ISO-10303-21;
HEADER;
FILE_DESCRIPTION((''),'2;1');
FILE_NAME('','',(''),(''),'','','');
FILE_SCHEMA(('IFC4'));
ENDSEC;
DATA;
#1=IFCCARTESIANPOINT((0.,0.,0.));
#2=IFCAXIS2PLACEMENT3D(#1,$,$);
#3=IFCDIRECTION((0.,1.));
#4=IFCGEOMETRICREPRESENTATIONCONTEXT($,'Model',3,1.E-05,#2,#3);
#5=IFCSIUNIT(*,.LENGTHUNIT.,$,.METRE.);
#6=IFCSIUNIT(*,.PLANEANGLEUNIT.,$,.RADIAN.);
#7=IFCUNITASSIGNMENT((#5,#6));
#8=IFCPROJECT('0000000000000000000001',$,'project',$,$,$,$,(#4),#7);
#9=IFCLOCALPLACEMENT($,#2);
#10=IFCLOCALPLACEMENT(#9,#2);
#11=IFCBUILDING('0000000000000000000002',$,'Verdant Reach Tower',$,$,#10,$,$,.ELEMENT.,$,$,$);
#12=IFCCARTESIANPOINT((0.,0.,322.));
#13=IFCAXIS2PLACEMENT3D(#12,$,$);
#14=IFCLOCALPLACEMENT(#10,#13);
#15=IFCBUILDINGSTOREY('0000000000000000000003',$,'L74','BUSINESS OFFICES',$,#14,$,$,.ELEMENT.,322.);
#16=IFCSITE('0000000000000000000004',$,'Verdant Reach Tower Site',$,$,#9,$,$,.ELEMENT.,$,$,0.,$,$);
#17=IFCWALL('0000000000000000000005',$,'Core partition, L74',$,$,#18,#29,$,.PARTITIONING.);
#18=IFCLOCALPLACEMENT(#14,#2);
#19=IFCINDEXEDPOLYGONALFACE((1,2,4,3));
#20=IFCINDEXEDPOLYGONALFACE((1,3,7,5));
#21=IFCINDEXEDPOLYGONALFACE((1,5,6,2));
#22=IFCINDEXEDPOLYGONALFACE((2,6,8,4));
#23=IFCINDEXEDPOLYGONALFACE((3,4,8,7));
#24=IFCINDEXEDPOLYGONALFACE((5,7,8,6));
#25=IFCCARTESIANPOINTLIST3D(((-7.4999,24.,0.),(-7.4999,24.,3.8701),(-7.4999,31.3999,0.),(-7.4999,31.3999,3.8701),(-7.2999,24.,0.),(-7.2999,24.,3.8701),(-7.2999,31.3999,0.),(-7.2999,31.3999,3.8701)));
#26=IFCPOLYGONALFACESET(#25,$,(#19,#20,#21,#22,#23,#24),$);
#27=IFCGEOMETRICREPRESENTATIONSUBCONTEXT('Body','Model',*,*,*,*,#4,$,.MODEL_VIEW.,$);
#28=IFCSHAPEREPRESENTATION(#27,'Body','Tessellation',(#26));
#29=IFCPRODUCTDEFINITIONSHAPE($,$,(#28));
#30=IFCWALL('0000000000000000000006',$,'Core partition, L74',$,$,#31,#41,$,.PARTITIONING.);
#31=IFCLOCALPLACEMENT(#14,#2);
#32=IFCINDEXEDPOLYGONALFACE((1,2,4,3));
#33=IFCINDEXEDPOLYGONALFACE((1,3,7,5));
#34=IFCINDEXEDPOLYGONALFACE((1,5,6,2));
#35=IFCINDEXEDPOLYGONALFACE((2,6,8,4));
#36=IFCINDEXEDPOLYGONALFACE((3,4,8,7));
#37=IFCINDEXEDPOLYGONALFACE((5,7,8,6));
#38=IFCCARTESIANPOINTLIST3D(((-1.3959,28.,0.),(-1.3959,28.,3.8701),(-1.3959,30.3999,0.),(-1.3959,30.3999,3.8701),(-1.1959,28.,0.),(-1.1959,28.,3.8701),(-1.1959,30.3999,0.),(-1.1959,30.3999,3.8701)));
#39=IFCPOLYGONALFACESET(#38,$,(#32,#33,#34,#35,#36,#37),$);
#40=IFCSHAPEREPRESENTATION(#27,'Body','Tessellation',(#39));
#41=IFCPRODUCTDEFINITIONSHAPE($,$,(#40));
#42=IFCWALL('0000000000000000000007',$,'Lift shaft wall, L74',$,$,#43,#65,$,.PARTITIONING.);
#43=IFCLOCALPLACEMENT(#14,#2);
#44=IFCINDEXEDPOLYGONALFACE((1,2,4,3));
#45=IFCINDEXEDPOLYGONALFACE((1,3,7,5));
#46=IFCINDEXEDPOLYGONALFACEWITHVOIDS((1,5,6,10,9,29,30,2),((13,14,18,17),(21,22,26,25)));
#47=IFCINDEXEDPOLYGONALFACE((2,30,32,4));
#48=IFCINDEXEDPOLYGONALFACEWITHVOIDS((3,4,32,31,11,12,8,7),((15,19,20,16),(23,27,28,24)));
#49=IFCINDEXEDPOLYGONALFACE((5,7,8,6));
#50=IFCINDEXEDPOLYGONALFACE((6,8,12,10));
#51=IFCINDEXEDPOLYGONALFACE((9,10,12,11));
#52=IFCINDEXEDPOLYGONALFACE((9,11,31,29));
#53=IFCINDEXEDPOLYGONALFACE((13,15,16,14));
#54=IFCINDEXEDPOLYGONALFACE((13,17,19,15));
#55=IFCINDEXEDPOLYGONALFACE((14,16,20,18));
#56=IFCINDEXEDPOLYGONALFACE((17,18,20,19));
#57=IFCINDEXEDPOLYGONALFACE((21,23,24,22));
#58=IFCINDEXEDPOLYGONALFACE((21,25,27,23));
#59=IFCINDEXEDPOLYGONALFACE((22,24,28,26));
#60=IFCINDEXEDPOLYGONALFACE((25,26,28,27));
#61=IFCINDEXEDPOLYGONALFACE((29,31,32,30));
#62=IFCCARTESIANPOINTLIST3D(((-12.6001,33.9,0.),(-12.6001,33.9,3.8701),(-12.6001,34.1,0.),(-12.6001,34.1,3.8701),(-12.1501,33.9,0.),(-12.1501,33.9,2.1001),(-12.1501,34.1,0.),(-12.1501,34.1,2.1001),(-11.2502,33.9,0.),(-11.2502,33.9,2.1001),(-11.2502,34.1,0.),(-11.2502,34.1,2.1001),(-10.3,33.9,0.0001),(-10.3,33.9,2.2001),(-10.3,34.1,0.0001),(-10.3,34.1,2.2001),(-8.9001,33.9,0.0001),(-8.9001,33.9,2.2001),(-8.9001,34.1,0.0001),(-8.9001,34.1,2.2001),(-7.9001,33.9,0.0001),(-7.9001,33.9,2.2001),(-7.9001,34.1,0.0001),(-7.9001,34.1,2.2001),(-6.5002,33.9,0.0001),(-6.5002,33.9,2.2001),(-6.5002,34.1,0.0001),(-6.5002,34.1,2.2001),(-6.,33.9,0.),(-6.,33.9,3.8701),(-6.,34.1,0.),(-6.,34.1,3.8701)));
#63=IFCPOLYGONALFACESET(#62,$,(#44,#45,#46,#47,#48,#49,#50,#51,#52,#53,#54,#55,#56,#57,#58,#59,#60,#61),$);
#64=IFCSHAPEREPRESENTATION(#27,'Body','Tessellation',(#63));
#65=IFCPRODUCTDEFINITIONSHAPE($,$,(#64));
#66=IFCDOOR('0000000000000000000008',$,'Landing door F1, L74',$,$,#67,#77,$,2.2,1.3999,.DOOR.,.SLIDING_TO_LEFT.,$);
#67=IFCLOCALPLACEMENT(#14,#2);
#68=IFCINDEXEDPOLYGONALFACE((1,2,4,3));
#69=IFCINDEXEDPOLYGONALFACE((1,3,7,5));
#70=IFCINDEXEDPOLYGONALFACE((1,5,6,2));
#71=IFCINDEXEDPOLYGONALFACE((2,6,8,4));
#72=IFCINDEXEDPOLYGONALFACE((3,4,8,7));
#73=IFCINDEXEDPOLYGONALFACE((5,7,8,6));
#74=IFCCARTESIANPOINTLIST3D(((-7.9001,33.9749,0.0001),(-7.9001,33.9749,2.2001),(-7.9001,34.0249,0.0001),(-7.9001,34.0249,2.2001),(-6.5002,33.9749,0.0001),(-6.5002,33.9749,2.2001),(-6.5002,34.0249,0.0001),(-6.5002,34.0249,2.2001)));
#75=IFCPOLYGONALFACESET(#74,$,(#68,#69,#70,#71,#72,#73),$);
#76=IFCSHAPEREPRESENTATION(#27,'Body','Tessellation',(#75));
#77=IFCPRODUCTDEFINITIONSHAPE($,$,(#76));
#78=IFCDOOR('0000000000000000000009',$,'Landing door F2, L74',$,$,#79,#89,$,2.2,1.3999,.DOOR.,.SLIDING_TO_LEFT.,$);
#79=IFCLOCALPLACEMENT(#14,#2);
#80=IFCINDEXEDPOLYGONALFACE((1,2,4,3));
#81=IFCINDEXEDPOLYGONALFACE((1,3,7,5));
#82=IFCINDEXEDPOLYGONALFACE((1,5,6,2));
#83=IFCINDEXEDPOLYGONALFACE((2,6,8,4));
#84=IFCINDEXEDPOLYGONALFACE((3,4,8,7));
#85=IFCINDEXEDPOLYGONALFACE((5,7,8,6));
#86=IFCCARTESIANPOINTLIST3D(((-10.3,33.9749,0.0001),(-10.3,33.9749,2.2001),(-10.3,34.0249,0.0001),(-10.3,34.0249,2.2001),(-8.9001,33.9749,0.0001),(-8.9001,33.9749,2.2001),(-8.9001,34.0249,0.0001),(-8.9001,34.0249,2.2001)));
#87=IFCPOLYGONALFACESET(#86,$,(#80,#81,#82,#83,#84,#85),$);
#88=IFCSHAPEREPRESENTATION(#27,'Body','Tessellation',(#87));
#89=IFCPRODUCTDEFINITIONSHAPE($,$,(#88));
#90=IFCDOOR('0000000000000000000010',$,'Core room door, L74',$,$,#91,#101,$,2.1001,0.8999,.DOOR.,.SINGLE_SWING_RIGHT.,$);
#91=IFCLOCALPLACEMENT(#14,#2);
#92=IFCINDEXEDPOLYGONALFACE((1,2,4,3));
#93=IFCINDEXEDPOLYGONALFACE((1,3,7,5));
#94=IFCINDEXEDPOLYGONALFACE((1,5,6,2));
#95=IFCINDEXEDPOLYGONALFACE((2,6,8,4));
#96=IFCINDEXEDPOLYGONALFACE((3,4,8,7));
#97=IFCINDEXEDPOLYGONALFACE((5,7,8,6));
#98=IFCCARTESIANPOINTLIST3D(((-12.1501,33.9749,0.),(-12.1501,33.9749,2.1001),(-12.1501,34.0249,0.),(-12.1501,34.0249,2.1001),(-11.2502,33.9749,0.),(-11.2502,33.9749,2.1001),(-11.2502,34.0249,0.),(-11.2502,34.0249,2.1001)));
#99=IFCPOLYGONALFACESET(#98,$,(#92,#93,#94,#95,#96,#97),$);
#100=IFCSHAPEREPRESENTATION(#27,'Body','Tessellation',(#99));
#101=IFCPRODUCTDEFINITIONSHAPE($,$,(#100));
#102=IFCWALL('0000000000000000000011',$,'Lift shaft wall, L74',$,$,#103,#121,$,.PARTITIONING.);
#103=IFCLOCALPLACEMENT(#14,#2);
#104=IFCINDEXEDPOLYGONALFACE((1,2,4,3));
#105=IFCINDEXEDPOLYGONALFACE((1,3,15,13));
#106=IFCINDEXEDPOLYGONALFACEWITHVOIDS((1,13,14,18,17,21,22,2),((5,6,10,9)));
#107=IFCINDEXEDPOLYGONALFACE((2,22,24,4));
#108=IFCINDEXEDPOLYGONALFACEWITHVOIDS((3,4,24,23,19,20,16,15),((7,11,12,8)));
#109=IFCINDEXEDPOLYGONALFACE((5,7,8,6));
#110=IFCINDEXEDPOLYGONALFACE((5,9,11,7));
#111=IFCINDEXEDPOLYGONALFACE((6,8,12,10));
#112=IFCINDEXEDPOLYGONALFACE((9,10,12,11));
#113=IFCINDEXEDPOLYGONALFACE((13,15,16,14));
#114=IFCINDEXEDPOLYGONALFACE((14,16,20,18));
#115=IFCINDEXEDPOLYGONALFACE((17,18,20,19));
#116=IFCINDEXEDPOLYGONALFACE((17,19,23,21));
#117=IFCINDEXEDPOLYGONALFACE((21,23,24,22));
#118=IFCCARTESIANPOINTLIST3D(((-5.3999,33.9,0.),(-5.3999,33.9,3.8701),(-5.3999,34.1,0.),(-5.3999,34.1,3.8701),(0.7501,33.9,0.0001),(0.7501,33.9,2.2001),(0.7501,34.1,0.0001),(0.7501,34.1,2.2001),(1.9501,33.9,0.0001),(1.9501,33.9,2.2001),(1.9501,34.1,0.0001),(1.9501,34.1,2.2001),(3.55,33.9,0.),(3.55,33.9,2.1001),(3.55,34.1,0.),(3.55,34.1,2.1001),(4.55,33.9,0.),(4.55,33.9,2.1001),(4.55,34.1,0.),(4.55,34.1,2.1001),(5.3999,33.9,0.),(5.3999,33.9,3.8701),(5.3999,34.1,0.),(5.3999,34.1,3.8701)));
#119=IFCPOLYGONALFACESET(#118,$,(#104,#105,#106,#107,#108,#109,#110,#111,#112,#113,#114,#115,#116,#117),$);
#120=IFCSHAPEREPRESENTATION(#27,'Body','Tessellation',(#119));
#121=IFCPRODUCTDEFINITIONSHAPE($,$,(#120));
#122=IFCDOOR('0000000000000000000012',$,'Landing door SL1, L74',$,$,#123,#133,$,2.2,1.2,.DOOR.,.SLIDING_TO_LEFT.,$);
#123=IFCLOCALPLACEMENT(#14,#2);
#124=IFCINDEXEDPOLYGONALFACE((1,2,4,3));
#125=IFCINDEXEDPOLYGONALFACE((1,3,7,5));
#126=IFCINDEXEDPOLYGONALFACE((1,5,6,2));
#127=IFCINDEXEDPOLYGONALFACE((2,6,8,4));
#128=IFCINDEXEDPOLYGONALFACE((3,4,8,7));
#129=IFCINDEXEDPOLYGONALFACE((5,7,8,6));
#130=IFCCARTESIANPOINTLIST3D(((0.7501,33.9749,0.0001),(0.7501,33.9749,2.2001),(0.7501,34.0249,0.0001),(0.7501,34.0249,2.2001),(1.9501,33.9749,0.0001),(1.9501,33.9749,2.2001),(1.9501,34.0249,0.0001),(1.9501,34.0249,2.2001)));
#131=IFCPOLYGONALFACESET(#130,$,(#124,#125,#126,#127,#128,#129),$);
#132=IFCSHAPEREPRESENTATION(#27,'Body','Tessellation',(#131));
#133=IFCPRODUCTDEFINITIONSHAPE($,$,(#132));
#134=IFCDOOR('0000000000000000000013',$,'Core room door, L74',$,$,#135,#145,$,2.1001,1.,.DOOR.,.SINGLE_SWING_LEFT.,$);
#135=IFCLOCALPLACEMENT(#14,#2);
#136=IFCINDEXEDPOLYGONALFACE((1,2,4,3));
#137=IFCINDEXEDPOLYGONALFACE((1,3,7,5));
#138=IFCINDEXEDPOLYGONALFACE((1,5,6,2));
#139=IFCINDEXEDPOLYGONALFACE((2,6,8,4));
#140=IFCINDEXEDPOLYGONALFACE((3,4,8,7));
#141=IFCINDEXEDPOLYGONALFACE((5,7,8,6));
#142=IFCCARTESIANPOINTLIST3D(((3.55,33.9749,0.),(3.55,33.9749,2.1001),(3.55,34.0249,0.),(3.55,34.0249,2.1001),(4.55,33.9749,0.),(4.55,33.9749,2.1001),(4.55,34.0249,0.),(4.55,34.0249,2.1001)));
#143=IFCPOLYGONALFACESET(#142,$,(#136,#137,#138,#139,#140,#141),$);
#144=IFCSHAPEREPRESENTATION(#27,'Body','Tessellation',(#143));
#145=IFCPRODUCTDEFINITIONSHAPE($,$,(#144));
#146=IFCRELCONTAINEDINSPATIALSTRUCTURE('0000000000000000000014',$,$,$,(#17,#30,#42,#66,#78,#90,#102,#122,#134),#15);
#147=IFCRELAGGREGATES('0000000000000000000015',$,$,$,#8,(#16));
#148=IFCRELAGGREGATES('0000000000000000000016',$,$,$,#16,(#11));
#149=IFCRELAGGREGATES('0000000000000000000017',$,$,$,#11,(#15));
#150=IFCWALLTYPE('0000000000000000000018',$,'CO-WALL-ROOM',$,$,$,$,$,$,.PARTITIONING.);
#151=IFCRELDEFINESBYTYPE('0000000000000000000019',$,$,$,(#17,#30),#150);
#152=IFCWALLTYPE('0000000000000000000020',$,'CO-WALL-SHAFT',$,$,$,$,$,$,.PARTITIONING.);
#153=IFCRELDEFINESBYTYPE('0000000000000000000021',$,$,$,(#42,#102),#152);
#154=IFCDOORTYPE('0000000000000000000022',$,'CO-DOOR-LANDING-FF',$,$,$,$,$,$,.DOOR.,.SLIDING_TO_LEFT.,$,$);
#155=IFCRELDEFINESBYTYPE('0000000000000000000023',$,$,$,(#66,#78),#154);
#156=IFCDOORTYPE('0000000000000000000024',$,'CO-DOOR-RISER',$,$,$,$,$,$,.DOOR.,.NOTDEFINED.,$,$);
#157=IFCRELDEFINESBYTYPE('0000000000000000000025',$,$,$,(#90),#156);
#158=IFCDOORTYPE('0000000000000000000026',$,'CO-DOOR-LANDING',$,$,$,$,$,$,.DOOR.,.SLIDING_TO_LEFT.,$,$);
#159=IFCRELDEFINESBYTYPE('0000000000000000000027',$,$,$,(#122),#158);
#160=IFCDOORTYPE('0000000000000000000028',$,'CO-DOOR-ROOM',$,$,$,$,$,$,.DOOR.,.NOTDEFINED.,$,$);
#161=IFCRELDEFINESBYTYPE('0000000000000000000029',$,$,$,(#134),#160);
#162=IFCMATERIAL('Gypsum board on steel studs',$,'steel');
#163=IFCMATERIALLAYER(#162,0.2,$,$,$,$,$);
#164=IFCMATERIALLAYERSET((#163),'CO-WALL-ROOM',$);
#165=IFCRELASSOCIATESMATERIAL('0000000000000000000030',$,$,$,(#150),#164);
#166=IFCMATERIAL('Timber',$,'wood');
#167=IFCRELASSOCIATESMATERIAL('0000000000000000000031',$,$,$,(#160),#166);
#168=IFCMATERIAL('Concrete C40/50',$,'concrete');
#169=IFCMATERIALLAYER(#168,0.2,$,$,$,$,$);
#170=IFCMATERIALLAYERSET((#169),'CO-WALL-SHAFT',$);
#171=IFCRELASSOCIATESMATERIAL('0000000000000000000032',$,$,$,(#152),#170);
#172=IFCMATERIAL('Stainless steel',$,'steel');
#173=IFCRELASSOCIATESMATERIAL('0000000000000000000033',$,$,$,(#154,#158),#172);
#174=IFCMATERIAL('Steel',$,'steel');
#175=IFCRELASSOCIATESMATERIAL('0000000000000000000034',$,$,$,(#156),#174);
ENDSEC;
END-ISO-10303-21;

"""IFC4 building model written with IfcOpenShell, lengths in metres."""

from ifc_helpers import new_model, si_unit, direction, frame, frame_2d, origin, place, context, subcontext, project, spatial, rectangle, extrude, material, layer, layer_set, type_object, element, fill, save


model = new_model("IFC4")

# Units and contexts
model_context = context("Model", 3, precision=1e-05, world=origin(), true_north=direction((0.0, 1.0)))
body_context = subcontext(model_context, "Body", "Model", "MODEL_VIEW")
ifc_project = project(units=[si_unit("LENGTHUNIT", "METRE"), si_unit("PLANEANGLEUNIT", "RADIAN")], contexts=[model_context])

# Site, building, storey
site_placement = place(None, origin())
site = spatial("IfcSite", under=ifc_project, at=site_placement, Name="Verdant Reach Tower Site", CompositionType="ELEMENT", RefElevation=0.0)
building_placement = place(site_placement, origin())
building = spatial("IfcBuilding", under=site, at=building_placement, Name="Verdant Reach Tower", CompositionType="ELEMENT")
storey_placement = place(building_placement, frame((0.0, 0.0, 322.0)))
storey = spatial("IfcBuildingStorey", under=building, at=storey_placement, Name="L74", Description="BUSINESS OFFICES", CompositionType="ELEMENT", Elevation=322.0)

# Shared definitions
ifc_material_1 = material(Name="Gypsum board on steel studs", Category="steel")
ifc_layer_1 = layer(ifc_material_1, 0.2)
ifc_layer_set_1 = layer_set([ifc_layer_1], Name="CO-WALL-ROOM")
wall_type_1 = type_object("IfcWallType", Name="CO-WALL-ROOM", PredefinedType="PARTITIONING", material=ifc_layer_set_1)
ifc_material_2 = material(Name="Timber", Category="wood")
door_type_1 = type_object("IfcDoorType", Name="CO-DOOR-ROOM", OperationType="NOTDEFINED", PredefinedType="DOOR", material=ifc_material_2)

# Walls
wall_1_placement = place(storey_placement, frame((-7.3999, 24.0, 0.0), z_axis=(0.0, 0.0, 1.0), x_axis=(0.0, 1.0, 0.0)))
element("IfcWall", 1, at=wall_1_placement, inside=storey, type_object=wall_type_1, Name="Core partition, L74", PredefinedType="PARTITIONING", context=body_context, shape_type="SweptSolid", body=[
    extrude(rectangle(XDim=7.3999, YDim=0.2, at=frame_2d((3.7, 0.0))), origin(), (0.0, 0.0, 1.0), 3.8701),
])
wall_2_placement = place(storey_placement, frame((-1.2959, 28.0, 0.0), z_axis=(0.0, 0.0, 1.0), x_axis=(0.0, 1.0, 0.0)))
element("IfcWall", 2, at=wall_2_placement, inside=storey, type_object=wall_type_1, Name="Core partition, L74", PredefinedType="PARTITIONING", context=body_context, shape_type="SweptSolid", body=[
    extrude(rectangle(XDim=2.3999, YDim=0.2, at=frame_2d((1.2, 0.0))), origin(), (0.0, 0.0, 1.0), 3.8701),
])

# Walls, openings, doors
ifc_material_3 = material(Name="Concrete C40/50", Category="concrete")
ifc_layer_2 = layer(ifc_material_3, 0.2)
ifc_layer_set_2 = layer_set([ifc_layer_2], Name="CO-WALL-SHAFT")
wall_type_2 = type_object("IfcWallType", Name="CO-WALL-SHAFT", PredefinedType="PARTITIONING", material=ifc_layer_set_2)
wall_3_placement = place(storey_placement, frame((-12.6001, 34.0, 0.0), z_axis=(0.0, 0.0, 1.0), x_axis=(1.0, 0.0, 0.0)))
wall_3 = element("IfcWall", 3, at=wall_3_placement, inside=storey, type_object=wall_type_2, Name="Lift shaft wall, L74", PredefinedType="PARTITIONING", context=body_context, shape_type="SweptSolid", body=[
    extrude(rectangle(XDim=6.6001, YDim=0.2, at=frame_2d((3.3, 0.0))), origin(), (0.0, 0.0, 1.0), 3.8701),
])
opening_1_placement = place(wall_3_placement, frame((4.7, 0.0, 0.0)))
opening_1 = element("IfcOpeningElement", 4, at=opening_1_placement, cuts=wall_3, PredefinedType="OPENING", context=body_context, shape_type="SweptSolid", body=[
    extrude(rectangle(XDim=1.3999, YDim=2.2, at=frame_2d((0.7, 1.1001))), frame((0.0, 0.1099, 0.0), z_axis=(0.0, -1.0, 0.0), x_axis=(1.0, 0.0, 0.0)), (0.0, 0.0, 1.0), 0.22),
])
opening_2_placement = place(wall_3_placement, frame((2.3, 0.0, 0.0)))
opening_2 = element("IfcOpeningElement", 5, at=opening_2_placement, cuts=wall_3, PredefinedType="OPENING", context=body_context, shape_type="SweptSolid", body=[
    extrude(rectangle(XDim=1.3999, YDim=2.2, at=frame_2d((0.7, 1.1001))), frame((0.0, 0.1099, 0.0), z_axis=(0.0, -1.0, 0.0), x_axis=(1.0, 0.0, 0.0)), (0.0, 0.0, 1.0), 0.22),
])
opening_3_placement = place(wall_3_placement, frame((0.45, 0.0, 0.0)))
opening_3 = element("IfcOpeningElement", 6, at=opening_3_placement, cuts=wall_3, PredefinedType="OPENING", context=body_context, shape_type="SweptSolid", body=[
    extrude(rectangle(XDim=0.8999, YDim=2.1001, at=frame_2d((0.45, 1.05))), frame((0.0, 0.1099, 0.0), z_axis=(0.0, -1.0, 0.0), x_axis=(1.0, 0.0, 0.0)), (0.0, 0.0, 1.0), 0.22),
])
ifc_material_4 = material(Name="Stainless steel", Category="steel")
door_type_2 = type_object("IfcDoorType", Name="CO-DOOR-LANDING-FF", OperationType="SLIDING_TO_LEFT", PredefinedType="DOOR", material=ifc_material_4)
door_1_placement = place(opening_1_placement, origin())
door_1 = element("IfcDoor", 7, at=door_1_placement, inside=storey, type_object=door_type_2, Name="Landing door F1, L74", OperationType="SLIDING_TO_LEFT", OverallHeight=2.2, OverallWidth=1.3999, PredefinedType="DOOR", context=body_context, shape_type="SweptSolid", body=[
    extrude(rectangle(XDim=1.3999, YDim=2.2, at=frame_2d((0.7, 1.1001))), frame((0.0, 0.0249, 0.0), z_axis=(0.0, -1.0, 0.0), x_axis=(1.0, 0.0, 0.0)), (0.0, 0.0, 1.0), 0.05),
])
fill(opening_1, door_1)
door_2_placement = place(opening_2_placement, origin())
door_2 = element("IfcDoor", 8, at=door_2_placement, inside=storey, type_object=door_type_2, Name="Landing door F2, L74", OperationType="SLIDING_TO_LEFT", OverallHeight=2.2, OverallWidth=1.3999, PredefinedType="DOOR", context=body_context, shape_type="SweptSolid", body=[
    extrude(rectangle(XDim=1.3999, YDim=2.2, at=frame_2d((0.7, 1.1001))), frame((0.0, 0.0249, 0.0), z_axis=(0.0, -1.0, 0.0), x_axis=(1.0, 0.0, 0.0)), (0.0, 0.0, 1.0), 0.05),
])
fill(opening_2, door_2)
ifc_material_5 = material(Name="Steel", Category="steel")
door_type_3 = type_object("IfcDoorType", Name="CO-DOOR-RISER", OperationType="NOTDEFINED", PredefinedType="DOOR", material=ifc_material_5)
door_3_placement = place(opening_3_placement, origin())
door_3 = element("IfcDoor", 9, at=door_3_placement, inside=storey, type_object=door_type_3, Name="Core room door, L74", OperationType="SINGLE_SWING_RIGHT", OverallHeight=2.1001, OverallWidth=0.8999, PredefinedType="DOOR", context=body_context, shape_type="SweptSolid", body=[
    extrude(rectangle(XDim=0.8999, YDim=2.1001, at=frame_2d((0.45, 1.05))), frame((0.0, 0.0249, 0.0), z_axis=(0.0, -1.0, 0.0), x_axis=(1.0, 0.0, 0.0)), (0.0, 0.0, 1.0), 0.05),
])
fill(opening_3, door_3)
wall_4_placement = place(storey_placement, frame((-5.3999, 34.0, 0.0), z_axis=(0.0, 0.0, 1.0), x_axis=(1.0, 0.0, 0.0)))
wall_4 = element("IfcWall", 10, at=wall_4_placement, inside=storey, type_object=wall_type_2, Name="Lift shaft wall, L74", PredefinedType="PARTITIONING", context=body_context, shape_type="SweptSolid", body=[
    extrude(rectangle(XDim=10.7998, YDim=0.2, at=frame_2d((5.3999, 0.0))), origin(), (0.0, 0.0, 1.0), 3.8701),
])
opening_4_placement = place(wall_4_placement, frame((6.1499, 0.0, 0.0)))
opening_4 = element("IfcOpeningElement", 11, at=opening_4_placement, cuts=wall_4, PredefinedType="OPENING", context=body_context, shape_type="SweptSolid", body=[
    extrude(rectangle(XDim=1.2, YDim=2.2, at=frame_2d((0.6001, 1.1001))), frame((0.0, 0.1099, 0.0), z_axis=(0.0, -1.0, 0.0), x_axis=(1.0, 0.0, 0.0)), (0.0, 0.0, 1.0), 0.22),
])
opening_5_placement = place(wall_4_placement, frame((8.95, 0.0, 0.0)))
opening_5 = element("IfcOpeningElement", 12, at=opening_5_placement, cuts=wall_4, PredefinedType="OPENING", context=body_context, shape_type="SweptSolid", body=[
    extrude(rectangle(XDim=1.0, YDim=2.1001, at=frame_2d((0.5, 1.05))), frame((0.0, 0.1099, 0.0), z_axis=(0.0, -1.0, 0.0), x_axis=(1.0, 0.0, 0.0)), (0.0, 0.0, 1.0), 0.22),
])
door_type_4 = type_object("IfcDoorType", Name="CO-DOOR-LANDING", OperationType="SLIDING_TO_LEFT", PredefinedType="DOOR", material=ifc_material_4)
door_4_placement = place(opening_4_placement, origin())
door_4 = element("IfcDoor", 13, at=door_4_placement, inside=storey, type_object=door_type_4, Name="Landing door SL1, L74", OperationType="SLIDING_TO_LEFT", OverallHeight=2.2, OverallWidth=1.2, PredefinedType="DOOR", context=body_context, shape_type="SweptSolid", body=[
    extrude(rectangle(XDim=1.2, YDim=2.2, at=frame_2d((0.6001, 1.1001))), frame((0.0, 0.0249, 0.0), z_axis=(0.0, -1.0, 0.0), x_axis=(1.0, 0.0, 0.0)), (0.0, 0.0, 1.0), 0.05),
])
fill(opening_4, door_4)
door_5_placement = place(opening_5_placement, origin())
door_5 = element("IfcDoor", 14, at=door_5_placement, inside=storey, type_object=door_type_1, Name="Core room door, L74", OperationType="SINGLE_SWING_LEFT", OverallHeight=2.1001, OverallWidth=1.0, PredefinedType="DOOR", context=body_context, shape_type="SweptSolid", body=[
    extrude(rectangle(XDim=1.0, YDim=2.1001, at=frame_2d((0.5, 1.05))), frame((0.0, 0.0249, 0.0), z_axis=(0.0, -1.0, 0.0), x_axis=(1.0, 0.0, 0.0)), (0.0, 0.0, 1.0), 0.05),
])
fill(opening_5, door_5)

save(model, "model.ifc")
